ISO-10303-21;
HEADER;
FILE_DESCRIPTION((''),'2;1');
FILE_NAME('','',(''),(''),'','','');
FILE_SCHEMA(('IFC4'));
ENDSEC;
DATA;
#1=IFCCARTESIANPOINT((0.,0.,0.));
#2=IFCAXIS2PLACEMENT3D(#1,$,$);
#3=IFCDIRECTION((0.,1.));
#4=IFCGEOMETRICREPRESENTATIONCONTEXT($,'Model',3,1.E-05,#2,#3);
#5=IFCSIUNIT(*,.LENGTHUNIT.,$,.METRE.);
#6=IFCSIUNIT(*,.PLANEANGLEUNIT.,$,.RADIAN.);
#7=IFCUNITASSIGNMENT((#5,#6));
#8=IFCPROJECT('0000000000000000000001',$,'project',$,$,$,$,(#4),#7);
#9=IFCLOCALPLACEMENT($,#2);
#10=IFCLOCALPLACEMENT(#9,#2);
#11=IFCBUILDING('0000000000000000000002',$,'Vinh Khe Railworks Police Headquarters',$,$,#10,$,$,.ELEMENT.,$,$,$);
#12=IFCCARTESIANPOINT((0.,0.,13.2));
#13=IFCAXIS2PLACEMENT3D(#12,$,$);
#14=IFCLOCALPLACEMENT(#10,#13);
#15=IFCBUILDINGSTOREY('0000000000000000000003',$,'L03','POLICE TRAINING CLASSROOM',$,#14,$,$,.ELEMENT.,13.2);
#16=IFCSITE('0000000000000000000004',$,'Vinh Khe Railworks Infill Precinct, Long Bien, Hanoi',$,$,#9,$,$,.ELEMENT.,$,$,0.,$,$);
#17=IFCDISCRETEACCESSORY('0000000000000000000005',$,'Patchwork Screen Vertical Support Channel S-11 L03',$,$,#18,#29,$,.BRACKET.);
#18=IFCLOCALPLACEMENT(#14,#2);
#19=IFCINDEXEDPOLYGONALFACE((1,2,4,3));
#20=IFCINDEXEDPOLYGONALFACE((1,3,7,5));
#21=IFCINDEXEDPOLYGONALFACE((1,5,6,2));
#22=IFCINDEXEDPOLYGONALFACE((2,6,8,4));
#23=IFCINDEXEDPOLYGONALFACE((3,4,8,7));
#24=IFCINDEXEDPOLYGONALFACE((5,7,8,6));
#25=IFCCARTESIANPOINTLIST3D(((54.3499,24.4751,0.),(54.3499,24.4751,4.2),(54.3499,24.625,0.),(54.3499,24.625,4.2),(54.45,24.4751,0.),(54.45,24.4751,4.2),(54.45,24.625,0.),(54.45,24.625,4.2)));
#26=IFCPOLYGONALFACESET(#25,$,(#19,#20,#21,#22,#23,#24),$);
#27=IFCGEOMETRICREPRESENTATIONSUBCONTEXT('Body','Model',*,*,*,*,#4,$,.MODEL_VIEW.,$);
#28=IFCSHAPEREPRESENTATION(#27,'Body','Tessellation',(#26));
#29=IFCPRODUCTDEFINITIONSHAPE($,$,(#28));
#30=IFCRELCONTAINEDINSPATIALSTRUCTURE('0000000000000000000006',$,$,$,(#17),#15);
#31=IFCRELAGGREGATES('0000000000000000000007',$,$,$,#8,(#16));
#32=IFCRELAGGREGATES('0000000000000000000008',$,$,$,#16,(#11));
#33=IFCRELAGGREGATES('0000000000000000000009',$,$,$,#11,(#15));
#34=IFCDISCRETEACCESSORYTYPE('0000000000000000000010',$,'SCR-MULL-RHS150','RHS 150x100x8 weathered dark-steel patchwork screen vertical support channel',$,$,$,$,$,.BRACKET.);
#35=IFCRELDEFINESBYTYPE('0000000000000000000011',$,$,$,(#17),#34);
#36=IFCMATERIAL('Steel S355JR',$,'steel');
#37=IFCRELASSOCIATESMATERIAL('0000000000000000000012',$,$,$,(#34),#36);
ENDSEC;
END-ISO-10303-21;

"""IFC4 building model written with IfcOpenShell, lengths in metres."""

from ifc_helpers import new_model, si_unit, direction, frame, origin, origin_2d, place, context, subcontext, project, spatial, rectangle, extrude, material, type_object, element, save


model = new_model("IFC4")

# Units and contexts
model_context = context("Model", 3, precision=1e-05, world=origin(), true_north=direction((0.0, 1.0)))
body_context = subcontext(model_context, "Body", "Model", "MODEL_VIEW")
ifc_project = project(units=[si_unit("LENGTHUNIT", "METRE"), si_unit("PLANEANGLEUNIT", "RADIAN")], contexts=[model_context])

# Site, building, storey
site_placement = place(None, origin())
site = spatial("IfcSite", under=ifc_project, at=site_placement, Name="Vinh Khe Railworks Infill Precinct, Long Bien, Hanoi", CompositionType="ELEMENT", RefElevation=0.0)
building_placement = place(site_placement, origin())
building = spatial("IfcBuilding", under=site, at=building_placement, Name="Vinh Khe Railworks Police Headquarters", CompositionType="ELEMENT")
storey_placement = place(building_placement, frame((0.0, 0.0, 13.2)))
storey = spatial("IfcBuildingStorey", under=building, at=storey_placement, Name="L03", Description="POLICE TRAINING CLASSROOM", CompositionType="ELEMENT", Elevation=13.2)

# Shared definitions
ifc_material_1 = material(Name="Steel S355JR", Category="steel")

# Discrete accessory
discrete_accessory_type = type_object("IfcDiscreteAccessoryType", Name="SCR-MULL-RHS150", Description="RHS 150x100x8 weathered dark-steel patchwork screen vertical support channel", PredefinedType="BRACKET", material=ifc_material_1)
for number, where, z_axis, x_axis, name in (
    (1, (54.3999, 24.55, 0.0), (0.0, 0.0, 1.0), (1.0, 0.0, 0.0), "Patchwork Screen Vertical Support Channel S-11 L03"),
):
    element("IfcDiscreteAccessory", number, at=place(storey_placement, frame(where, z_axis=z_axis, x_axis=x_axis)), inside=storey, type_object=discrete_accessory_type, Name=name, PredefinedType="BRACKET", context=body_context, shape_type="SweptSolid", body=[
        extrude(rectangle(XDim=0.1001, YDim=0.1499, at=origin_2d()), origin(), (0.0, 0.0, 1.0), 4.2),
    ])

save(model, "model.ifc")
